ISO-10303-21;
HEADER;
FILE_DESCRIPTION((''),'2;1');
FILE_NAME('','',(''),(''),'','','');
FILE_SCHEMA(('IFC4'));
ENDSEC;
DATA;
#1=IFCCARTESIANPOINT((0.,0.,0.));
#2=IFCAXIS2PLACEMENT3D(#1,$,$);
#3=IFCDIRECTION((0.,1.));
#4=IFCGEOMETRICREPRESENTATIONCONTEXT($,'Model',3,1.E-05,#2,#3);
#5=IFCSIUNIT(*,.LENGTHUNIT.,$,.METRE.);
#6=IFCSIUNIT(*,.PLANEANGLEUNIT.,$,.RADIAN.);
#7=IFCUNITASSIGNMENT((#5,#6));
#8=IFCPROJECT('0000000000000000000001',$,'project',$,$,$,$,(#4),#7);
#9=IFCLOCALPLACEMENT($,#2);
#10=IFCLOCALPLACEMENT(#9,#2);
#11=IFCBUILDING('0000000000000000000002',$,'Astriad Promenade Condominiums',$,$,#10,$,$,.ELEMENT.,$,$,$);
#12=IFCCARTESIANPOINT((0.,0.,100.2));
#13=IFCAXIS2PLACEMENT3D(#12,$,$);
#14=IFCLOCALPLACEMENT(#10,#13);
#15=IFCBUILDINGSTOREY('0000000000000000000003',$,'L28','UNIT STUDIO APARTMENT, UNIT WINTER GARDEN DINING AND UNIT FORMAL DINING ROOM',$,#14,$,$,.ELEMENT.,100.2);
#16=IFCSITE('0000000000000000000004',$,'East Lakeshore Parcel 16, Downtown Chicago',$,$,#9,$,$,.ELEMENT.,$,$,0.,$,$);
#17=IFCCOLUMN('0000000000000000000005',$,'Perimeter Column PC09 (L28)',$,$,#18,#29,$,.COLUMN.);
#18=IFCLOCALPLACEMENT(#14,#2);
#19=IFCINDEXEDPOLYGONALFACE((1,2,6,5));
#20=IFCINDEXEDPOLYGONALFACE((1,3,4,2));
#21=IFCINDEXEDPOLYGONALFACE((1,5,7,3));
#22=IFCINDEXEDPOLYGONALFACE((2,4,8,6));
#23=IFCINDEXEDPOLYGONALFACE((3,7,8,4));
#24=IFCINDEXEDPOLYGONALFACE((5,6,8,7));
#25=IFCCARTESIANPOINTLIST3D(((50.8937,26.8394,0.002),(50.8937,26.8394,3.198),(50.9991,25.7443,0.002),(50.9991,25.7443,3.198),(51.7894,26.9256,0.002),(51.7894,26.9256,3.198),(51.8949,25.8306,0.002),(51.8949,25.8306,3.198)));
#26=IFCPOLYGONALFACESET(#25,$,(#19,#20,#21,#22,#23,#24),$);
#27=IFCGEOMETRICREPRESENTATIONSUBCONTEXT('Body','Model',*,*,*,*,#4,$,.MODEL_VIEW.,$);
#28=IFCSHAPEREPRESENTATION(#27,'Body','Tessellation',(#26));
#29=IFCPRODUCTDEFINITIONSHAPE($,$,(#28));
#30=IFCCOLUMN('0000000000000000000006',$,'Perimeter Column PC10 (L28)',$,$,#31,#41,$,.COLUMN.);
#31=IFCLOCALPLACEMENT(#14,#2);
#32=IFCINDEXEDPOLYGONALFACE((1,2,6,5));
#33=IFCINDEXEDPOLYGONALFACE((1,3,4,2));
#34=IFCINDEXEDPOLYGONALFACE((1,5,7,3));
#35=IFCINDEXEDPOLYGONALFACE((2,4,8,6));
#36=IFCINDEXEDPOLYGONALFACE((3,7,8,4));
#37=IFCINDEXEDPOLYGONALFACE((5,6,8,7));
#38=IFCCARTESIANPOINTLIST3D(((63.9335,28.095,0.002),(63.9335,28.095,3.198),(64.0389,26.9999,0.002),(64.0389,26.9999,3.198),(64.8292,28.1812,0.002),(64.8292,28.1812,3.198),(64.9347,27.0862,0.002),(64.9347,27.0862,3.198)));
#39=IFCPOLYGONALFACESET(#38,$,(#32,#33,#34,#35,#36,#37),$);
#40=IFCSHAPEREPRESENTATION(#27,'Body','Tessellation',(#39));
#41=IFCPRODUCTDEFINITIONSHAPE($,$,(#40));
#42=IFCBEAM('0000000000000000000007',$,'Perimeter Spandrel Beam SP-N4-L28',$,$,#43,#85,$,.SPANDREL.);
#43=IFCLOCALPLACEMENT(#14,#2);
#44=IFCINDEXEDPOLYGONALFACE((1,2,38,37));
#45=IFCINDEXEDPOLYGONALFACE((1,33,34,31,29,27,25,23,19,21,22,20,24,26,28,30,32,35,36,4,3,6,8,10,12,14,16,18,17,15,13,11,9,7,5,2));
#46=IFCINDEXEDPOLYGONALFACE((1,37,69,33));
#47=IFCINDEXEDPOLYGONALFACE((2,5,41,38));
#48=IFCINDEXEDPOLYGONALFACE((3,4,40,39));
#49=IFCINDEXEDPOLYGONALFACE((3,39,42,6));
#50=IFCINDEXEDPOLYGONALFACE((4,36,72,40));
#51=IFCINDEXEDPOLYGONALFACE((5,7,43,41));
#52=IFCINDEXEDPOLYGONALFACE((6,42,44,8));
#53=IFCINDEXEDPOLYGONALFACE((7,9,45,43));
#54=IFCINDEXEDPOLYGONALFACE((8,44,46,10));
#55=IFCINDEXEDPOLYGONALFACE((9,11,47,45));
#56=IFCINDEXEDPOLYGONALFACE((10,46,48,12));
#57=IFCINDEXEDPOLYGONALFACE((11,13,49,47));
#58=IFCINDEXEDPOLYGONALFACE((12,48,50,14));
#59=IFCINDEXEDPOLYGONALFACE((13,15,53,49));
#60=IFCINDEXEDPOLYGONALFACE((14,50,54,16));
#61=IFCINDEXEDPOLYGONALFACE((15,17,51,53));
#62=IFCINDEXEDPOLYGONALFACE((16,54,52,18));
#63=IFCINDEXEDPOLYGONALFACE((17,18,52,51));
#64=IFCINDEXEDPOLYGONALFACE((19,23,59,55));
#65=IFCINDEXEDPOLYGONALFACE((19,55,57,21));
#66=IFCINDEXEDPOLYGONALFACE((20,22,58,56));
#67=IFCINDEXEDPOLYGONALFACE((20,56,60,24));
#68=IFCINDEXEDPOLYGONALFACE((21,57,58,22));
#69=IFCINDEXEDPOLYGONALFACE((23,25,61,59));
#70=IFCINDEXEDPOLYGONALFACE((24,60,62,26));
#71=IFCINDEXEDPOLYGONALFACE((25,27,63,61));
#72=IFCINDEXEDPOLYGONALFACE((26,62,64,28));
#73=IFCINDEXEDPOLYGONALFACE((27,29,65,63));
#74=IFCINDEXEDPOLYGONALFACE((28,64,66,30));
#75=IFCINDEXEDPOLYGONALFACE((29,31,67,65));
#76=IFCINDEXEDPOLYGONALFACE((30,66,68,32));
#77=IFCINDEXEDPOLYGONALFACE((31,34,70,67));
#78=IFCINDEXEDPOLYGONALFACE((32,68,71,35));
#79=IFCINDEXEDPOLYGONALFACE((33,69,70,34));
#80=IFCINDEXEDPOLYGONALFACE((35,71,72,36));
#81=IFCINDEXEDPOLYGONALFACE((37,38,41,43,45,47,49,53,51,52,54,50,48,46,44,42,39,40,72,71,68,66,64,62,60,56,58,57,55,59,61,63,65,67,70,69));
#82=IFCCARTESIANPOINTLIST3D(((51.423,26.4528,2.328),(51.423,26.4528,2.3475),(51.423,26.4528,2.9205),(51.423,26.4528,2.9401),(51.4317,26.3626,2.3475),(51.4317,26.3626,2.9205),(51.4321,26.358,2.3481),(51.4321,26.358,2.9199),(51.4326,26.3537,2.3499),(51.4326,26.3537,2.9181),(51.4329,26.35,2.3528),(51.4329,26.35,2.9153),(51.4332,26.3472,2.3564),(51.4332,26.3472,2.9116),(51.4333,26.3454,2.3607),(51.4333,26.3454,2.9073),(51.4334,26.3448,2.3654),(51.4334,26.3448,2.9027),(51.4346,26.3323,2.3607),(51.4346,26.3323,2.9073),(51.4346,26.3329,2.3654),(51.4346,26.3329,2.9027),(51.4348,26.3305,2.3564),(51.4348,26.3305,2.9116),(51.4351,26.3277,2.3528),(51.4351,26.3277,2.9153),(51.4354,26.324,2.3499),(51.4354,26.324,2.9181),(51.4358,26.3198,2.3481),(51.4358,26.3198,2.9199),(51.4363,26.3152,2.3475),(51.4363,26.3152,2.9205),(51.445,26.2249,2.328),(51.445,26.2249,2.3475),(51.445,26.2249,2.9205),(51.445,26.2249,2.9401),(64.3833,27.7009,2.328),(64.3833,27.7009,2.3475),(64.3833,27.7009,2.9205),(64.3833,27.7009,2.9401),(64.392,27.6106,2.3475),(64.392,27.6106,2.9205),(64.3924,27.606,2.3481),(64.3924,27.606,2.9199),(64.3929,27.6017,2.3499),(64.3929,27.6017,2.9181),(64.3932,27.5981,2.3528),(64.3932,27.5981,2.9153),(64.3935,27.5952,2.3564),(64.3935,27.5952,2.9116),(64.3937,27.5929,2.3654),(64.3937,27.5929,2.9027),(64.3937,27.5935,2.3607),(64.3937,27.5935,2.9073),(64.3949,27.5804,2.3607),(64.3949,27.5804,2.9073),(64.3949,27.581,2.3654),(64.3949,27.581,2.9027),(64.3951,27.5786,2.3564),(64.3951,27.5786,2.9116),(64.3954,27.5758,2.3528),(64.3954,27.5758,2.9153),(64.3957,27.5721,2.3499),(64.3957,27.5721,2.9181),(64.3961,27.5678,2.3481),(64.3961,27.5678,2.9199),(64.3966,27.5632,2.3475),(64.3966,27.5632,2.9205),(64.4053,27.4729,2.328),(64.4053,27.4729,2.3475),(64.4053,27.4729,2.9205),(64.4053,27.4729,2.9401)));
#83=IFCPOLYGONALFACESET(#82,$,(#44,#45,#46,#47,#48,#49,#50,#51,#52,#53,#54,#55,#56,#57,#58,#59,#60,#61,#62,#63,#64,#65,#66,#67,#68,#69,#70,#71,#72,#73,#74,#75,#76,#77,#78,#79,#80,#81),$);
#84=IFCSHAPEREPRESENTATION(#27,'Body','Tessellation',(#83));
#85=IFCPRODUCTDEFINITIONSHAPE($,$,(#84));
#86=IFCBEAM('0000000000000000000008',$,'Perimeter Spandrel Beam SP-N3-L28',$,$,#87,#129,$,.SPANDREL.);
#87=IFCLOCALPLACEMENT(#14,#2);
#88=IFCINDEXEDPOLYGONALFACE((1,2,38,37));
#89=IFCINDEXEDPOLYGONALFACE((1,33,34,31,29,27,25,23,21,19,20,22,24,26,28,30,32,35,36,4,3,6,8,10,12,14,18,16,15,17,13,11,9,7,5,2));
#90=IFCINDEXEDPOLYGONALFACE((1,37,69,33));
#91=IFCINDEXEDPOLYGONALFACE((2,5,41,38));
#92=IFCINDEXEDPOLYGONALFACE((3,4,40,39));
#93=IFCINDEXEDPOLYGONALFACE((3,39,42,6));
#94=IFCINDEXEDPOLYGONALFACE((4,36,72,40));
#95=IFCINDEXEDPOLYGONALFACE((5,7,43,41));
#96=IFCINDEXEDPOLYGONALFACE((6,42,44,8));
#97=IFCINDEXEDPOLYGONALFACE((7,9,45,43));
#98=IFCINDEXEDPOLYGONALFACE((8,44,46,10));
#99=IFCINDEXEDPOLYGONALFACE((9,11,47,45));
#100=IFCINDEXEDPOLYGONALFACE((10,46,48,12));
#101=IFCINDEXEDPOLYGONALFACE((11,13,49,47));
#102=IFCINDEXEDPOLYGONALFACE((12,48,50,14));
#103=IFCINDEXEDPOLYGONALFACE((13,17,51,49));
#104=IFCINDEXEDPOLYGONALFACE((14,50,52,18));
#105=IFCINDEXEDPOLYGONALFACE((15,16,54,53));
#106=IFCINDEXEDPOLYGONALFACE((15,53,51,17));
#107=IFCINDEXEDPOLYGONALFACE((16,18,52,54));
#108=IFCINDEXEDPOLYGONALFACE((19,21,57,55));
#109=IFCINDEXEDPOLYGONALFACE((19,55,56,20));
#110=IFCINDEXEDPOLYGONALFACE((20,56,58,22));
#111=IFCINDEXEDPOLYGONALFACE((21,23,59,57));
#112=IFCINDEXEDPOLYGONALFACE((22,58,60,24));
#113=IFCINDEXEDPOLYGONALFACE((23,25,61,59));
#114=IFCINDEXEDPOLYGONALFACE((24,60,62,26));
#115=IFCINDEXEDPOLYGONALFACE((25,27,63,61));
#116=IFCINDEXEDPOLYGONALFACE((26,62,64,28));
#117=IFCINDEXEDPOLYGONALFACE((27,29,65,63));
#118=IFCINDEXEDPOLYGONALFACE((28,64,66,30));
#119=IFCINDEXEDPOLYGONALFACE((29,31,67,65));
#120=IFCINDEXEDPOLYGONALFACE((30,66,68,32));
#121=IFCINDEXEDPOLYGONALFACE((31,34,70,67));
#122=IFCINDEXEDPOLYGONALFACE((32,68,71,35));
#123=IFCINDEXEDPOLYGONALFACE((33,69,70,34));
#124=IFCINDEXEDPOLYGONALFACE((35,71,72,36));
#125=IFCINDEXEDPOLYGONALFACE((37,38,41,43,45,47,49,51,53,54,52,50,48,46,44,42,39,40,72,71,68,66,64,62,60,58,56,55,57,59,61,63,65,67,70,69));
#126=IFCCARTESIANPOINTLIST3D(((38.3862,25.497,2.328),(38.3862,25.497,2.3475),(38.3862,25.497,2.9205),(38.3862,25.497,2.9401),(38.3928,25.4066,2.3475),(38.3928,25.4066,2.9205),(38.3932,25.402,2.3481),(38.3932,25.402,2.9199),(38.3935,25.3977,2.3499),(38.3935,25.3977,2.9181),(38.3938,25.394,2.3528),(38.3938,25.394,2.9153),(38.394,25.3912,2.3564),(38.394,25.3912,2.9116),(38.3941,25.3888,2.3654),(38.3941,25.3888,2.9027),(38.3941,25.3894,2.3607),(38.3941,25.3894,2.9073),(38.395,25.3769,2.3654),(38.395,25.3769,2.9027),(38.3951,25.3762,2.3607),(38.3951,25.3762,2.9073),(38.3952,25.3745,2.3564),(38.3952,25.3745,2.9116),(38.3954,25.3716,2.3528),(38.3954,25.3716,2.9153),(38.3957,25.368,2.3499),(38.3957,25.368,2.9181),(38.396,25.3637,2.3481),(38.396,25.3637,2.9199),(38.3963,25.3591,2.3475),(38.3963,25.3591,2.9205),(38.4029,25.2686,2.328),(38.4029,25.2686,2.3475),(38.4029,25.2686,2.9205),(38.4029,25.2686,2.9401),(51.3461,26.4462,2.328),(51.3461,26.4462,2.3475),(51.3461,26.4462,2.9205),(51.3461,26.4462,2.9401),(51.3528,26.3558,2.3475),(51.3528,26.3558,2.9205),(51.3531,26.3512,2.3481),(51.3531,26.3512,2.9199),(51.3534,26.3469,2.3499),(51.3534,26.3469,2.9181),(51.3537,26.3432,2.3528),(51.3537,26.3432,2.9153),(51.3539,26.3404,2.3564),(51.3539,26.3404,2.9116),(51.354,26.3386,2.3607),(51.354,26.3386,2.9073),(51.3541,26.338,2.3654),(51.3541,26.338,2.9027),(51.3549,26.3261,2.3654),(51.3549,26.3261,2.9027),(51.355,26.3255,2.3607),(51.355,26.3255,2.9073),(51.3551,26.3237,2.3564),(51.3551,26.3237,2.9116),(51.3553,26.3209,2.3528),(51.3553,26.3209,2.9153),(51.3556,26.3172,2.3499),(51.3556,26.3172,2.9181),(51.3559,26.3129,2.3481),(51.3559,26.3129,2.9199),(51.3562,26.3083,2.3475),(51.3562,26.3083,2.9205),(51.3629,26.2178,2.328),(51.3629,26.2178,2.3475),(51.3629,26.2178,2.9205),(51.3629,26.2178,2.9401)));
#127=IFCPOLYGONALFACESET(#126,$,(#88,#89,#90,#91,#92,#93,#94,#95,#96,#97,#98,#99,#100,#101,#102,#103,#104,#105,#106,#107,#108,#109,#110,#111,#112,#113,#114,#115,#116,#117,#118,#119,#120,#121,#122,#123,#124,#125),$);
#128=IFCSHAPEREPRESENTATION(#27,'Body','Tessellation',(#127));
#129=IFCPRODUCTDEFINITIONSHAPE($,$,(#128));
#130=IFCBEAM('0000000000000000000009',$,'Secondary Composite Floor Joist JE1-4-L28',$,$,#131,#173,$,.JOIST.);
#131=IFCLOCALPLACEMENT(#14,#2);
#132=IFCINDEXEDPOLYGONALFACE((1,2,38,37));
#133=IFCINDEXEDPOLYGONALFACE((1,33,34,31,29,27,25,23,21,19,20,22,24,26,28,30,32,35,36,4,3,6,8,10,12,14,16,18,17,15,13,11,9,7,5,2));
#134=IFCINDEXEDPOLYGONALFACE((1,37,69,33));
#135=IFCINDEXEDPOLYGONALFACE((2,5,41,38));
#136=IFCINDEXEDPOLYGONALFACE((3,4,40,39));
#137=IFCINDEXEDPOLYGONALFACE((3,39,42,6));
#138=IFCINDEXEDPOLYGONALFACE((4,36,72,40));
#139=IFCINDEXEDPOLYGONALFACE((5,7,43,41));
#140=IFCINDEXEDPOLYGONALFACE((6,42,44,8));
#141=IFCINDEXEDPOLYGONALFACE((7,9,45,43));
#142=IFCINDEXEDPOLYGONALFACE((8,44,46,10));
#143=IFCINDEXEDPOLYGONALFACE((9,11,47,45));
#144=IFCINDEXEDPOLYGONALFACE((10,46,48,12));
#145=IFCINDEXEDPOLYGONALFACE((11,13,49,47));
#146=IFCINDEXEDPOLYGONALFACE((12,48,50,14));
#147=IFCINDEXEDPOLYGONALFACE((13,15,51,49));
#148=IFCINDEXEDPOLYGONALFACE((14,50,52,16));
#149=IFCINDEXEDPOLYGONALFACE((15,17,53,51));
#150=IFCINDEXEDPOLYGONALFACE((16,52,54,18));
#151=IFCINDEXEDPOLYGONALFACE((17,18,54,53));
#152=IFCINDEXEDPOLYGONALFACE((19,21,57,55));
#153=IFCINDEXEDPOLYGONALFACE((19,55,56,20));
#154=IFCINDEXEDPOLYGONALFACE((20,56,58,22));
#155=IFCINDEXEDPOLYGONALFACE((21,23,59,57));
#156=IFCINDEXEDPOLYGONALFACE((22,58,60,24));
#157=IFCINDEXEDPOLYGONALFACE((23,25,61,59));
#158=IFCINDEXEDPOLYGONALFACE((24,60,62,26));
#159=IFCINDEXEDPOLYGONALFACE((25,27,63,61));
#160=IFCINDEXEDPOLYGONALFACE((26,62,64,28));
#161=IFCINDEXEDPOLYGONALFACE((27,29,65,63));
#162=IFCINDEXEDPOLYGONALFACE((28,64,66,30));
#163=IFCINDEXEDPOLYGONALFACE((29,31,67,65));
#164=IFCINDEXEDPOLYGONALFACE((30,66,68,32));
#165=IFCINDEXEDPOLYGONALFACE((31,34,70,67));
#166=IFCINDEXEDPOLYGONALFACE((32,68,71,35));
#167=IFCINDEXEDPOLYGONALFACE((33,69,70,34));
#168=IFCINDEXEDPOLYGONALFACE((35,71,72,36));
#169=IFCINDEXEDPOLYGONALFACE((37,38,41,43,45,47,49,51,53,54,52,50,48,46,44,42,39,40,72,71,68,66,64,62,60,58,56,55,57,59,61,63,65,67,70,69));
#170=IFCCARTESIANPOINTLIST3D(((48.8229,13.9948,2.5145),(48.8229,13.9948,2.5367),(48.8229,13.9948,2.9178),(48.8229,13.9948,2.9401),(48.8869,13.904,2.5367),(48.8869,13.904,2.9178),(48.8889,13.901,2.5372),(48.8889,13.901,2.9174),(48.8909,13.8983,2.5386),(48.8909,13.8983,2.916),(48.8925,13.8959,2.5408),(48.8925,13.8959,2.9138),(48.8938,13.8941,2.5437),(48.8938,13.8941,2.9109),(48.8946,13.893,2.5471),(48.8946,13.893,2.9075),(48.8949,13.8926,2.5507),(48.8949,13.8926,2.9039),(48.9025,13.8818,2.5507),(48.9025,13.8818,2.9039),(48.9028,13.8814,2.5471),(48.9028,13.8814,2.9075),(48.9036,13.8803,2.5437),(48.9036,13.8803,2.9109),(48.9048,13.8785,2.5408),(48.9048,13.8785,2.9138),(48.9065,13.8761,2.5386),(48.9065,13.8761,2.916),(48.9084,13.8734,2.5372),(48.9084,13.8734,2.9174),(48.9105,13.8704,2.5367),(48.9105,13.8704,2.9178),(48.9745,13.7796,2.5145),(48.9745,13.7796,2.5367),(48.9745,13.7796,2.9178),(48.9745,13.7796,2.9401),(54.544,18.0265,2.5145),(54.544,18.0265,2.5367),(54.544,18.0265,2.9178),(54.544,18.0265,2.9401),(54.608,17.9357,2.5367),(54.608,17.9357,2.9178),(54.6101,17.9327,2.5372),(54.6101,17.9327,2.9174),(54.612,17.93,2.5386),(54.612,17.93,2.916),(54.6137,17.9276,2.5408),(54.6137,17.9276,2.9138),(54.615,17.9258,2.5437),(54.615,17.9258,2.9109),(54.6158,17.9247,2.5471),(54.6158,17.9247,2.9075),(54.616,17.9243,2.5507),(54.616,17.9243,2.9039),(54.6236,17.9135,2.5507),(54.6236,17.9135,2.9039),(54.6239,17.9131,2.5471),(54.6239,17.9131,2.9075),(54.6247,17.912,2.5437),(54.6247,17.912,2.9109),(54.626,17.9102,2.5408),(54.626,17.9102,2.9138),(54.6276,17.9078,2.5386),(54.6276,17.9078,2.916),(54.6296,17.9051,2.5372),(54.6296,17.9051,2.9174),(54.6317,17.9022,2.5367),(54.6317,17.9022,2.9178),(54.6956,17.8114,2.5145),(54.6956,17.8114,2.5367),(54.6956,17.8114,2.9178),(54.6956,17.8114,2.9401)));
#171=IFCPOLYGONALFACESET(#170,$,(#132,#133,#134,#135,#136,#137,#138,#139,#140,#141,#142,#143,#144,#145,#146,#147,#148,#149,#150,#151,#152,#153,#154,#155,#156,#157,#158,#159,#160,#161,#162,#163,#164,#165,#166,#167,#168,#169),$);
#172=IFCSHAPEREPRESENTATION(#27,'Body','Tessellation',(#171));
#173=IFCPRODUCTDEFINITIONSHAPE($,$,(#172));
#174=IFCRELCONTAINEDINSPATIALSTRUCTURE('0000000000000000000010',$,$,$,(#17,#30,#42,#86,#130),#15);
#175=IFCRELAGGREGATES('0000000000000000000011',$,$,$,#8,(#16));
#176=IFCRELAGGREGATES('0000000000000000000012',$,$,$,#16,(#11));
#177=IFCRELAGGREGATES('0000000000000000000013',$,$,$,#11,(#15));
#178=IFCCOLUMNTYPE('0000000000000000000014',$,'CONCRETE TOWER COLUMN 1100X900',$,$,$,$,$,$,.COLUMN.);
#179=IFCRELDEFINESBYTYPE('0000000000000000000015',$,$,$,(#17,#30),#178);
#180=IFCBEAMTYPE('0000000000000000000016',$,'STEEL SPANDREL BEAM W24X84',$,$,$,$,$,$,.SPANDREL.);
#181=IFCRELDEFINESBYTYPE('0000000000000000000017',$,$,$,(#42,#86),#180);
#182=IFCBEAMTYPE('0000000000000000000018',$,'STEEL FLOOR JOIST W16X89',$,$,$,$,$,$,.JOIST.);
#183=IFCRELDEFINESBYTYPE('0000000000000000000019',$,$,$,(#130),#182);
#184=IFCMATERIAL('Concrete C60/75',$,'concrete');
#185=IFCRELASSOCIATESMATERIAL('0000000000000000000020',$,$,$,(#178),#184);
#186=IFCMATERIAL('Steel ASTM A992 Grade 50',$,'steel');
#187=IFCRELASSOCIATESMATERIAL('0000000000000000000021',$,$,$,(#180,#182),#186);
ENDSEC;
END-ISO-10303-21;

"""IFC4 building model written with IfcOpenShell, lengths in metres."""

from ifc_helpers import new_model, si_unit, direction, frame, origin, origin_2d, place, context, subcontext, project, spatial, rectangle, i_section, extrude, source, transform, mapped, material, material_profile, profile_set, type_object, type_shapes, element, save


model = new_model("IFC4")

# Units and contexts
model_context = context("Model", 3, precision=1e-05, world=origin(), true_north=direction((0.0, 1.0)))
body_context = subcontext(model_context, "Body", "Model", "MODEL_VIEW")
ifc_project = project(units=[si_unit("LENGTHUNIT", "METRE"), si_unit("PLANEANGLEUNIT", "RADIAN")], contexts=[model_context])

# Site, building, storey
site_placement = place(None, origin())
site = spatial("IfcSite", under=ifc_project, at=site_placement, Name="East Lakeshore Parcel 16, Downtown Chicago", CompositionType="ELEMENT", RefElevation=0.0)
building_placement = place(site_placement, origin())
building = spatial("IfcBuilding", under=site, at=building_placement, Name="Astriad Promenade Condominiums", CompositionType="ELEMENT")
storey_placement = place(building_placement, frame((0.0, 0.0, 100.2)))
storey = spatial("IfcBuildingStorey", under=building, at=storey_placement, Name="L28", Description="UNIT STUDIO APARTMENT, UNIT WINTER GARDEN DINING AND UNIT FORMAL DINING ROOM", CompositionType="ELEMENT", Elevation=100.2)

# Columns
ifc_material_1 = material(Name="Concrete C60/75", Category="concrete")
ifc_material_profile_1 = material_profile(ifc_material_1, rectangle(XDim=0.8999, YDim=1.1001, at=origin_2d()), Name="RC-COL-1100X900")
ifc_profile_set_1 = profile_set([ifc_material_profile_1], Name="Concrete C60/75")
column_type = type_object("IfcColumnType", Name="CONCRETE TOWER COLUMN 1100X900", PredefinedType="COLUMN", material=ifc_profile_set_1)
shared_shape_1 = source(origin(), body_context, "Body", "SweptSolid", [
    extrude(rectangle(XDim=0.8999, YDim=1.1001, at=origin_2d()), origin(), (0.0, 0.0, 1.0), 3.196),
])
type_shapes(column_type, [shared_shape_1])
for number, where, z_axis, x_axis, name in (
    (1, (51.3943, 26.335, 0.002), (0.0, 0.0, 1.0), (0.995396, 0.095846, 0.0), "Perimeter Column PC09 (L28)"),
    (2, (64.4341, 27.5906, 0.002), (0.0, 0.0, 1.0), (0.995396, 0.095846, 0.0), "Perimeter Column PC10 (L28)"),
):
    element("IfcColumn", number, at=place(storey_placement, frame(where, z_axis=z_axis, x_axis=x_axis)), inside=storey, type_object=column_type, Name=name, PredefinedType="COLUMN", context=body_context, shape_type="MappedRepresentation", body=[
        mapped(shared_shape_1, transform((0.0, 0.0, 0.0), scale=1.0)),
    ])

# Beams
ifc_material_2 = material(Name="Steel ASTM A992 Grade 50", Category="steel")
ifc_material_profile_2 = material_profile(ifc_material_2, i_section(OverallWidth=0.229, OverallDepth=0.6121, WebThickness=0.012, FlangeThickness=0.0195, FilletRadius=0.0178, at=origin_2d()), Name="W24X84")
ifc_profile_set_2 = profile_set([ifc_material_profile_2], Name="Steel ASTM A992 Grade 50")
beam_type_1 = type_object("IfcBeamType", Name="STEEL SPANDREL BEAM W24X84", PredefinedType="SPANDREL", material=ifc_profile_set_2)
shared_shape_2 = source(origin(), body_context, "Body", "SweptSolid", [
    extrude(i_section(OverallWidth=0.229, OverallDepth=0.6121, WebThickness=0.012, FlangeThickness=0.0195, FilletRadius=0.0178, at=origin_2d()), origin(), (0.0, 0.0, 1.0), 13.0203),
])
beam_1_placement = place(storey_placement, frame((64.3943, 27.5869, 2.634), z_axis=(-0.995395, -0.095855, 0.0), x_axis=(0.095855, -0.995395, 0.0)))
element("IfcBeam", 3, at=beam_1_placement, inside=storey, type_object=beam_type_1, Name="Perimeter Spandrel Beam SP-N4-L28", PredefinedType="SPANDREL", context=body_context, shape_type="MappedRepresentation", body=[
    mapped(shared_shape_2, transform((0.0, 0.0, 0.0), scale=1.0)),
])
shared_shape_3 = source(origin(), body_context, "Body", "SweptSolid", [
    extrude(i_section(OverallWidth=0.229, OverallDepth=0.6121, WebThickness=0.012, FlangeThickness=0.0195, FilletRadius=0.0178, at=origin_2d()), origin(), (0.0, 0.0, 1.0), 12.9946),
])
type_shapes(beam_type_1, [shared_shape_2, shared_shape_3])
beam_2_placement = place(storey_placement, frame((51.3545, 26.332, 2.634), z_axis=(-0.997329, -0.073047, 0.0), x_axis=(0.073047, -0.997329, 0.0)))
element("IfcBeam", 4, at=beam_2_placement, inside=storey, type_object=beam_type_1, Name="Perimeter Spandrel Beam SP-N3-L28", PredefinedType="SPANDREL", context=body_context, shape_type="MappedRepresentation", body=[
    mapped(shared_shape_3, transform((0.0, 0.0, 0.0), scale=1.0)),
])
ifc_material_profile_3 = material_profile(ifc_material_2, i_section(OverallWidth=0.2632, OverallDepth=0.4255, WebThickness=0.0132, FlangeThickness=0.0222, FilletRadius=0.0139, at=origin_2d()), Name="W16X89")
ifc_profile_set_3 = profile_set([ifc_material_profile_3], Name="Steel ASTM A992 Grade 50")
beam_type_2 = type_object("IfcBeamType", Name="STEEL FLOOR JOIST W16X89", PredefinedType="JOIST", material=ifc_profile_set_3)
shared_shape_4 = source(origin(), body_context, "Body", "SweptSolid", [
    extrude(i_section(OverallWidth=0.2632, OverallDepth=0.4255, WebThickness=0.0132, FlangeThickness=0.0222, FilletRadius=0.0139, at=origin_2d()), origin(), (0.0, 0.0, 1.0), 6.999),
])
beam_3_placement = place(storey_placement, frame((48.8987, 13.8872, 2.7273), z_axis=(0.817422, 0.576039, 0.0), x_axis=(-0.576039, 0.817422, 0.0)))
element("IfcBeam", 5, at=beam_3_placement, inside=storey, type_object=beam_type_2, Name="Secondary Composite Floor Joist JE1-4-L28", PredefinedType="JOIST", context=body_context, shape_type="MappedRepresentation", body=[
    mapped(shared_shape_4, transform((0.0, 0.0, 0.0), scale=1.0)),
])

save(model, "model.ifc")
